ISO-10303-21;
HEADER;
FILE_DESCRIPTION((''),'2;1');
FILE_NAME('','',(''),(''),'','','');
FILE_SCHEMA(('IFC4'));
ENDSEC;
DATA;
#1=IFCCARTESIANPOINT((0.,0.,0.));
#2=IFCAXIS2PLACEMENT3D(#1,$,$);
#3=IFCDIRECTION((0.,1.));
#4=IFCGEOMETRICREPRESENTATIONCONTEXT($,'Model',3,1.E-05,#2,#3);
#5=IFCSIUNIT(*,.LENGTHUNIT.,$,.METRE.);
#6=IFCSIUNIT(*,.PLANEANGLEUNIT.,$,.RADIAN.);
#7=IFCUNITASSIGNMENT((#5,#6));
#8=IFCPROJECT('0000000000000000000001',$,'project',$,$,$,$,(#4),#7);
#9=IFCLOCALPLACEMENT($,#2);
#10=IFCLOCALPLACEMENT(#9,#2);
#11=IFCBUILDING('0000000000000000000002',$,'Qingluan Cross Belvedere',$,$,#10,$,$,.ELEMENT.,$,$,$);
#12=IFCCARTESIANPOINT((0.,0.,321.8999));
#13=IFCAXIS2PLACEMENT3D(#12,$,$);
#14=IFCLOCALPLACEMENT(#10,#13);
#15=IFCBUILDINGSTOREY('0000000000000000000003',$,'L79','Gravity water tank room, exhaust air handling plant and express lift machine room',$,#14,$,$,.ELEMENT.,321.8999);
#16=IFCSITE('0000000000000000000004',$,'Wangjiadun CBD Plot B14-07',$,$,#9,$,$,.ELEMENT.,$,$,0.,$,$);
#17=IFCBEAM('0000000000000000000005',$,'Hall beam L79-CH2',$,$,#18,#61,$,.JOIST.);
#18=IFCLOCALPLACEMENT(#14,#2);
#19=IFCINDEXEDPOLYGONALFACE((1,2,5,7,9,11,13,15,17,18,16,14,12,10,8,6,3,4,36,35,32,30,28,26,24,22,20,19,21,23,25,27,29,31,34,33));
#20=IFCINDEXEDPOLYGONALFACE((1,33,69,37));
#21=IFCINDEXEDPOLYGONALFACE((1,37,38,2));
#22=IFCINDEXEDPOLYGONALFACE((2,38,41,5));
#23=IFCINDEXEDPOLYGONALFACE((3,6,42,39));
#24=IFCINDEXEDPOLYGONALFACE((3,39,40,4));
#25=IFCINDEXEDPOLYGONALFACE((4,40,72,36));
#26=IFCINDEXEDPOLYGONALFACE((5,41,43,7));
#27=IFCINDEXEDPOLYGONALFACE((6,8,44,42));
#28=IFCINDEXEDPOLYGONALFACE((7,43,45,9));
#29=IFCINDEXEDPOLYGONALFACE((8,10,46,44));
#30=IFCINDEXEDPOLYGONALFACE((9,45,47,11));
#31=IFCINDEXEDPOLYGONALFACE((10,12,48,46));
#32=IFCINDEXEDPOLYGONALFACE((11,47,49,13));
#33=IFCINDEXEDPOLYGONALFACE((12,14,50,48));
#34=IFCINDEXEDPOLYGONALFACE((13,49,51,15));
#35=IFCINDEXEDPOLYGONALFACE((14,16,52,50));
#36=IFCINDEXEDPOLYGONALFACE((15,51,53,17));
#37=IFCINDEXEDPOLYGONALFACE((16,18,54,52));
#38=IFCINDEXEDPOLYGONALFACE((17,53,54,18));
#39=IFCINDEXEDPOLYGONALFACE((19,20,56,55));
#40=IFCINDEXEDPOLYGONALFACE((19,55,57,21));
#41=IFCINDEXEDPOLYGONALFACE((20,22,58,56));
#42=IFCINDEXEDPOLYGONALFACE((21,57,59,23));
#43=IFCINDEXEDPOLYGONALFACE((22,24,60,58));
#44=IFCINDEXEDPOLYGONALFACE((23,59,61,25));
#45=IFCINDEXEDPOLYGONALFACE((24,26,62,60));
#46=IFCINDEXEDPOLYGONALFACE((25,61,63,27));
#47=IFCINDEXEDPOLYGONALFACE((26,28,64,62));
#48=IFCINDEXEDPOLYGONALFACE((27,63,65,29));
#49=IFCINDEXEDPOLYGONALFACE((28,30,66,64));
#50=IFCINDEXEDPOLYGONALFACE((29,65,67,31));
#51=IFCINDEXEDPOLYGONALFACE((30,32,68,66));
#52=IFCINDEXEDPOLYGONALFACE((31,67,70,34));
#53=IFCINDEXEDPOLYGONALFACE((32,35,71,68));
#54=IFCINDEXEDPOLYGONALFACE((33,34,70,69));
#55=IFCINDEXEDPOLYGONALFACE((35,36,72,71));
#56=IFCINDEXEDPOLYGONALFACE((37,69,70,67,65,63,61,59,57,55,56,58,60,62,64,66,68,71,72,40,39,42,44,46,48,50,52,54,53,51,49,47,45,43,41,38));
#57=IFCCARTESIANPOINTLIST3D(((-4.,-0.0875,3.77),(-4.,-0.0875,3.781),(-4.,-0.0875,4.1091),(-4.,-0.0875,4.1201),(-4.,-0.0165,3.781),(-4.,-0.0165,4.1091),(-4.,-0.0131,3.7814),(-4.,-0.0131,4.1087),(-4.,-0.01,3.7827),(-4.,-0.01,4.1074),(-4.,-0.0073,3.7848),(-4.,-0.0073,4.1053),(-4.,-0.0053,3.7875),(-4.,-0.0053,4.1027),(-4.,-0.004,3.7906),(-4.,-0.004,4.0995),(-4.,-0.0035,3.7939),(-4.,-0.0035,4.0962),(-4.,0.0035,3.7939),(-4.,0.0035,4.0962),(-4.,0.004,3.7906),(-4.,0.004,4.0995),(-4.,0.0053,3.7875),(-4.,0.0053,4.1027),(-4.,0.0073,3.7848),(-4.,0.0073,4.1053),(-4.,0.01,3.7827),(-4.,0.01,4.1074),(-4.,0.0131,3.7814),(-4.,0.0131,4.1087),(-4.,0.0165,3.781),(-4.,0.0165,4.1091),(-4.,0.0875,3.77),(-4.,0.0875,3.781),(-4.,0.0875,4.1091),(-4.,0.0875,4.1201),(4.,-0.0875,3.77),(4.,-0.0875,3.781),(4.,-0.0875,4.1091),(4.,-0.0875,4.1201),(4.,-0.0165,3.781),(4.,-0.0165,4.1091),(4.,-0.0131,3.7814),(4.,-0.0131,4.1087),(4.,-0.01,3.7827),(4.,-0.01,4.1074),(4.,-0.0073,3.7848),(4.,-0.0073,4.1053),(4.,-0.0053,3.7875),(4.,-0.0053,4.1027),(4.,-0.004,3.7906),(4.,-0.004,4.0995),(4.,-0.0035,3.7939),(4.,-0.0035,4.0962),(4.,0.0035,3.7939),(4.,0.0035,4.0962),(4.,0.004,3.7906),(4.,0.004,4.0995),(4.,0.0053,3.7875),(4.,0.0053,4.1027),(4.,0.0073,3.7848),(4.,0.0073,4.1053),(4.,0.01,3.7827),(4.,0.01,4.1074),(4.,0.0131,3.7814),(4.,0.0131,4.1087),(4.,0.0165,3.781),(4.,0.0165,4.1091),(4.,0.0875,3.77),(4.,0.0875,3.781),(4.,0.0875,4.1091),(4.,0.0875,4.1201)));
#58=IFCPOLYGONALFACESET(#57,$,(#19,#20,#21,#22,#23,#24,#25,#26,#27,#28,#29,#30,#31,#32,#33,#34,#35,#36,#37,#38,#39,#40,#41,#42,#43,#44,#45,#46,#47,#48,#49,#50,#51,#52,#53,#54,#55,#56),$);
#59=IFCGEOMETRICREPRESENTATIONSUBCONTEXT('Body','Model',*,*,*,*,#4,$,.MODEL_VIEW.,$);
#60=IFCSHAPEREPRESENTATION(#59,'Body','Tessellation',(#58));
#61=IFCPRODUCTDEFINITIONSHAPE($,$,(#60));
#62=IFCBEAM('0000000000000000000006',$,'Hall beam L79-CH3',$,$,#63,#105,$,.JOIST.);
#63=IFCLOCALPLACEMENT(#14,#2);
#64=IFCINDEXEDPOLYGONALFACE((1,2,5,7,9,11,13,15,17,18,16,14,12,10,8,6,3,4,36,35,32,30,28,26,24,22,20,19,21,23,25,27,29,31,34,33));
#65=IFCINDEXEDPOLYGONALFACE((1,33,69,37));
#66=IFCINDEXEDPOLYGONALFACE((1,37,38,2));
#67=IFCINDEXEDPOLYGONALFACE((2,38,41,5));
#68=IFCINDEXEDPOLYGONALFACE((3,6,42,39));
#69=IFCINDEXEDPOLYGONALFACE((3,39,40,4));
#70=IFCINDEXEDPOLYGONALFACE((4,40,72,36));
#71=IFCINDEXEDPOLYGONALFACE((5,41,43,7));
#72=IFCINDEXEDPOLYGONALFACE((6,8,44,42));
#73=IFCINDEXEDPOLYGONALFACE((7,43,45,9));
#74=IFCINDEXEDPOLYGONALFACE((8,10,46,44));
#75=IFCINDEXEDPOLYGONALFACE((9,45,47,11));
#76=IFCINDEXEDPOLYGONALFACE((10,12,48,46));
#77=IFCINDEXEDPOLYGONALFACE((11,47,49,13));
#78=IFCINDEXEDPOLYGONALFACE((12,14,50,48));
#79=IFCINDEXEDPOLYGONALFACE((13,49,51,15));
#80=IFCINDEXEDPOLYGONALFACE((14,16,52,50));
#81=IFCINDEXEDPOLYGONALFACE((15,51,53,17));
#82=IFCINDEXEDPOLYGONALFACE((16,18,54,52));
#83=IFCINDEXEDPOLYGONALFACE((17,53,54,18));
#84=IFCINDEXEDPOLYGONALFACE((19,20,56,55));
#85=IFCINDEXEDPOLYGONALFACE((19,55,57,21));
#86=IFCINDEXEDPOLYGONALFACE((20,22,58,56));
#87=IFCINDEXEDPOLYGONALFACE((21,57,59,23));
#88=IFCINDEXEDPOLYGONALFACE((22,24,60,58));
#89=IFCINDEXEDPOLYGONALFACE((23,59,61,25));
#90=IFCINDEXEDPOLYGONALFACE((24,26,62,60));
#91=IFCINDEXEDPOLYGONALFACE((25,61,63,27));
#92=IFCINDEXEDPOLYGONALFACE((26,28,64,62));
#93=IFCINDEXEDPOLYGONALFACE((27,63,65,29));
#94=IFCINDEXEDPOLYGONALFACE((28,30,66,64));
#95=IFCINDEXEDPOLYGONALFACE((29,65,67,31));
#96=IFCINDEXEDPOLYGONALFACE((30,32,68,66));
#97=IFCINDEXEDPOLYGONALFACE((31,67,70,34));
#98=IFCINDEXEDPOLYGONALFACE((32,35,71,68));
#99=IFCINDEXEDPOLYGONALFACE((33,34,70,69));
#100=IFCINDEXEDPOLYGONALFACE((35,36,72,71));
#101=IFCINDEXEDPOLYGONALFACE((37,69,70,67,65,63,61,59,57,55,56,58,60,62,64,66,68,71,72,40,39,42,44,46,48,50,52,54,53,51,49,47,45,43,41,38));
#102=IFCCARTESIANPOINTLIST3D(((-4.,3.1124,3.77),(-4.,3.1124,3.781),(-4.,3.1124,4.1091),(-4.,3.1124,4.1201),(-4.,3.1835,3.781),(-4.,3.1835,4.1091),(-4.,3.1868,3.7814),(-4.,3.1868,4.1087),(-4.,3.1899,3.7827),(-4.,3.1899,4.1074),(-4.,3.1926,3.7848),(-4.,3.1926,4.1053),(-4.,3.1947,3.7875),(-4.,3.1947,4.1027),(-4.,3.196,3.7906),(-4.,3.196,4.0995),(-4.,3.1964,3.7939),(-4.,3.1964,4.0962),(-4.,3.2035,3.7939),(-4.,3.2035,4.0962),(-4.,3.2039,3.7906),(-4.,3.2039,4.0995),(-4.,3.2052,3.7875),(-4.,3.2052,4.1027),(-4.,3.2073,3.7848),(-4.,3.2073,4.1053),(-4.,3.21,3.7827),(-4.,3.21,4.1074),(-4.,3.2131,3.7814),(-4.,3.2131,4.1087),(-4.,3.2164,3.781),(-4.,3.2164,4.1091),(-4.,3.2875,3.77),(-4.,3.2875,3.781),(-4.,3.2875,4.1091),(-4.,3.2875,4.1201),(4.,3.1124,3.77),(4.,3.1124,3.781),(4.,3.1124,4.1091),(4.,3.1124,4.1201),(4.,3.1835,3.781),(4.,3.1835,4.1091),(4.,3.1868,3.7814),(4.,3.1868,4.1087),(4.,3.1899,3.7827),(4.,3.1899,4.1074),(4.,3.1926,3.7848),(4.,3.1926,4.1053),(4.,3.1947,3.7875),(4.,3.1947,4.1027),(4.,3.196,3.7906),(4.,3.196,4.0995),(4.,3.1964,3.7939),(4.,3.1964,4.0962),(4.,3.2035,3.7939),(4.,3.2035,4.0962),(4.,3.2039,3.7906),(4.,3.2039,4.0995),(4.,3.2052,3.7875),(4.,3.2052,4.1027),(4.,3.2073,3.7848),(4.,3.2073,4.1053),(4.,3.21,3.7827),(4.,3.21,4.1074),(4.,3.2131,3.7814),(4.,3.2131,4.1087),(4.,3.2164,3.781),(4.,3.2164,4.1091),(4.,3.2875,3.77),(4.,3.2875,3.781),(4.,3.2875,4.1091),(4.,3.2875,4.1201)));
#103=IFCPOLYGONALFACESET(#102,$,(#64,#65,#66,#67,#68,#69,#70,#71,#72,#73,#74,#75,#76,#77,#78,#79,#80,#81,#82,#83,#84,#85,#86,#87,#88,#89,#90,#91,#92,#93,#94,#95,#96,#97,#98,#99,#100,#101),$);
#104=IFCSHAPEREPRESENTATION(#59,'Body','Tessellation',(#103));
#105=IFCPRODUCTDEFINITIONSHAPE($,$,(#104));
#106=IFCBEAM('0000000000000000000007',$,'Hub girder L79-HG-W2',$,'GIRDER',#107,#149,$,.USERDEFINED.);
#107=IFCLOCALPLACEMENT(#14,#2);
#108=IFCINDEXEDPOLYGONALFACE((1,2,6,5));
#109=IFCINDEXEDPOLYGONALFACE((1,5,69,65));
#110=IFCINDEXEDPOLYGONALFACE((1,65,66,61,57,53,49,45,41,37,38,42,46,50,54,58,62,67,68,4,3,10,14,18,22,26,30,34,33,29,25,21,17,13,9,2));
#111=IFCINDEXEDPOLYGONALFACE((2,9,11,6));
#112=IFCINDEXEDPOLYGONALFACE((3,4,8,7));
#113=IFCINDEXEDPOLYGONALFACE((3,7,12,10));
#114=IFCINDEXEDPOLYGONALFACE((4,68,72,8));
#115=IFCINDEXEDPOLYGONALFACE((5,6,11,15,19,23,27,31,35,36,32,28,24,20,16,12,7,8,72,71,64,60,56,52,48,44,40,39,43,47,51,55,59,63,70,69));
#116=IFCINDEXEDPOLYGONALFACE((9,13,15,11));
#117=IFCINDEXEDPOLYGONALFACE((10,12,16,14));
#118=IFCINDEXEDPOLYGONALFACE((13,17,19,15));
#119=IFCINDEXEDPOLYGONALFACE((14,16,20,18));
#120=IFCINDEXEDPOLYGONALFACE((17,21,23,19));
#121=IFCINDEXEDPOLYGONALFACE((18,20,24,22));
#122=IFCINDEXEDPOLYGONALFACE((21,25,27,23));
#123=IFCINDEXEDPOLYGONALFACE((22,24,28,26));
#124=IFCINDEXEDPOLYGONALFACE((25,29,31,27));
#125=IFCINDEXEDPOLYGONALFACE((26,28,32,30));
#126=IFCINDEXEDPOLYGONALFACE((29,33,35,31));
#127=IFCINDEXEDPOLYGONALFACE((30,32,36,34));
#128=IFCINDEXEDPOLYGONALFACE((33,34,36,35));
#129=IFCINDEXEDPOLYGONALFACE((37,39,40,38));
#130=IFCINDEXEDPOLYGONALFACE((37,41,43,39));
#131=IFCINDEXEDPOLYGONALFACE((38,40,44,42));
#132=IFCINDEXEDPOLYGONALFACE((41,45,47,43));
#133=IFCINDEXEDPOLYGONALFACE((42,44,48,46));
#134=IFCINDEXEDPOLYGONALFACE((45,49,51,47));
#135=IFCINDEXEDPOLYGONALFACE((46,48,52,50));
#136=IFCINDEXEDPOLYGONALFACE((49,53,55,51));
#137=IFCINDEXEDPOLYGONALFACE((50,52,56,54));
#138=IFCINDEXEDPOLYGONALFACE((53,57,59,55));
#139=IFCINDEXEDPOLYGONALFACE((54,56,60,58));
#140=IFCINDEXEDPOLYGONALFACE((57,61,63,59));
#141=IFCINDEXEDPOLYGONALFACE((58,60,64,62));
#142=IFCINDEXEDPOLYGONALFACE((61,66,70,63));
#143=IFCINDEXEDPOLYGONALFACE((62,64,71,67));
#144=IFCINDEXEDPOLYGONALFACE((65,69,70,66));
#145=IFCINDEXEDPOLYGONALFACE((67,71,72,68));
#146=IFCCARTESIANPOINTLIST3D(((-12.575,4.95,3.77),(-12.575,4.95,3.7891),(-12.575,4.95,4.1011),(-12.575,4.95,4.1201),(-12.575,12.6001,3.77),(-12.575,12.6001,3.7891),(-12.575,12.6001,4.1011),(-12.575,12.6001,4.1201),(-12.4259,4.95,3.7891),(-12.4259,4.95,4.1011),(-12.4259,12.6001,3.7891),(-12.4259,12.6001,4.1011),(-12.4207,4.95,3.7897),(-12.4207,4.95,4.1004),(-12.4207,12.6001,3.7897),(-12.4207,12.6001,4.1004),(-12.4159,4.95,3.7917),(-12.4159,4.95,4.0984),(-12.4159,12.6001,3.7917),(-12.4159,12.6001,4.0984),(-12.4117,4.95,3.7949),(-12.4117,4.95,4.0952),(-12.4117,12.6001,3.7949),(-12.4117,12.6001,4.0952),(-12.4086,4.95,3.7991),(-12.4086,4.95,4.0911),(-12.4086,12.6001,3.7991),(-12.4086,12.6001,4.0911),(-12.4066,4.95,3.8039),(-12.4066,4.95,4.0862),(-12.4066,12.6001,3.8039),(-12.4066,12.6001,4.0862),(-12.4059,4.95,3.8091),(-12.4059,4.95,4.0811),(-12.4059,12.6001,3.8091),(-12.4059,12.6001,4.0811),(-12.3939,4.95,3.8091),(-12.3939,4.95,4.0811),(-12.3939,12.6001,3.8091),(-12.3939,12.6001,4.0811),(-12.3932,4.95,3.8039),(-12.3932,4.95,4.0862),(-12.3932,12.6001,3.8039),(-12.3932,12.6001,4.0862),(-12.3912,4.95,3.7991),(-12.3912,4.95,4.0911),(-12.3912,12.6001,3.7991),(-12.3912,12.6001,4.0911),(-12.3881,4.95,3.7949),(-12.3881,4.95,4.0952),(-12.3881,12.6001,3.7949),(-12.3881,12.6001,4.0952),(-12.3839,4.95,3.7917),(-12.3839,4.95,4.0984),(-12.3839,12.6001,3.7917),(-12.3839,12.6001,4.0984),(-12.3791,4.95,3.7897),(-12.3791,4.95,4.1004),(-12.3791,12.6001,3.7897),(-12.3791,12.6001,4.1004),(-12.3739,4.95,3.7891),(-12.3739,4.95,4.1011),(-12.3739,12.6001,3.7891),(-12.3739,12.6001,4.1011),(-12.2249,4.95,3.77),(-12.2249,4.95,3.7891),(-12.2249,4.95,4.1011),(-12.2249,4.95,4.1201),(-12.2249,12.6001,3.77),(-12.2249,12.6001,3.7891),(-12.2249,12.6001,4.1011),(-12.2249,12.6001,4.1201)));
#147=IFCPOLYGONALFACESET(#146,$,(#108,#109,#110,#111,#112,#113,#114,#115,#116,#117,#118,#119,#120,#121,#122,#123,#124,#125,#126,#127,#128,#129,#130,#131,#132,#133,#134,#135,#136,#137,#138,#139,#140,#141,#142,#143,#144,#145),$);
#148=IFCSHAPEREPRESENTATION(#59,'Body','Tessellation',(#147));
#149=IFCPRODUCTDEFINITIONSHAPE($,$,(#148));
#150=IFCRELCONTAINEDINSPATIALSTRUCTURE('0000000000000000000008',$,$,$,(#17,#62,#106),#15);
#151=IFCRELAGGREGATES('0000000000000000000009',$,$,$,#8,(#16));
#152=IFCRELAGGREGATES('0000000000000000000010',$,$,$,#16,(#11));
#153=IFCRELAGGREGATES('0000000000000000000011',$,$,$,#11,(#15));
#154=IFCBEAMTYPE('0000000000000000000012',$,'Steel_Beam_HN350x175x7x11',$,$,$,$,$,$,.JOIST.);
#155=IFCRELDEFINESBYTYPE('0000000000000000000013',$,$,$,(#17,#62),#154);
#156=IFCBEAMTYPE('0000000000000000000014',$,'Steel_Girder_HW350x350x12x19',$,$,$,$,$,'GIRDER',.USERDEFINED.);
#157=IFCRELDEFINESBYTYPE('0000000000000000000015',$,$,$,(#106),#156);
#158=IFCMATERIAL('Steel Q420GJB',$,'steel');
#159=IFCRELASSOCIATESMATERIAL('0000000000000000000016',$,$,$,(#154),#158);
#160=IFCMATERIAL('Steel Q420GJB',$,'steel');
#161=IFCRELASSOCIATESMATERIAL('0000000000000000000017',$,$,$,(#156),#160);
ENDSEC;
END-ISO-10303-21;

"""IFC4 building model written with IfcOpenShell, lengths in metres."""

from ifc_helpers import new_model, si_unit, direction, frame, origin, origin_2d, place, context, subcontext, project, spatial, i_section, extrude, material, material_profile, profile_set, type_object, element, save


model = new_model("IFC4")

# Units and contexts
model_context = context("Model", 3, precision=1e-05, world=origin(), true_north=direction((0.0, 1.0)))
body_context = subcontext(model_context, "Body", "Model", "MODEL_VIEW")
ifc_project = project(units=[si_unit("LENGTHUNIT", "METRE"), si_unit("PLANEANGLEUNIT", "RADIAN")], contexts=[model_context])

# Site, building, storey
site_placement = place(None, origin())
site = spatial("IfcSite", under=ifc_project, at=site_placement, Name="Wangjiadun CBD Plot B14-07", CompositionType="ELEMENT", RefElevation=0.0)
building_placement = place(site_placement, origin())
building = spatial("IfcBuilding", under=site, at=building_placement, Name="Qingluan Cross Belvedere", CompositionType="ELEMENT")
storey_placement = place(building_placement, frame((0.0, 0.0, 321.8999)))
storey = spatial("IfcBuildingStorey", under=building, at=storey_placement, Name="L79", Description="Gravity water tank room, exhaust air handling plant and express lift machine room", CompositionType="ELEMENT", Elevation=321.8999)

# Beams
ifc_material_1 = material(Name="Steel Q420GJB", Category="steel")
ifc_material_profile_1 = material_profile(ifc_material_1, i_section(OverallWidth=0.175, OverallDepth=0.3501, WebThickness=0.0071, FlangeThickness=0.011, FilletRadius=0.0129, at=origin_2d()), Name="HN350x175x7x11")
ifc_profile_set_1 = profile_set([ifc_material_profile_1], Name="Steel Q420GJB")
beam_type_1 = type_object("IfcBeamType", Name="Steel_Beam_HN350x175x7x11", PredefinedType="JOIST", material=ifc_profile_set_1)
for number, where, z_axis, x_axis, name in (
    (1, (-4.0, 0.0, 3.9451), (1.0, 0.0, 0.0), (0.0, 1.0, 0.0), "Hall beam L79-CH2"),
    (2, (-4.0, 3.2, 3.9451), (1.0, 0.0, 0.0), (0.0, 1.0, 0.0), "Hall beam L79-CH3"),
):
    element("IfcBeam", number, at=place(storey_placement, frame(where, z_axis=z_axis, x_axis=x_axis)), inside=storey, type_object=beam_type_1, Name=name, PredefinedType="JOIST", context=body_context, shape_type="SweptSolid", body=[
        extrude(i_section(OverallWidth=0.175, OverallDepth=0.3501, WebThickness=0.0071, FlangeThickness=0.011, FilletRadius=0.0129, at=origin_2d()), origin(), (0.0, 0.0, 1.0), 8.0),
    ])
ifc_material_2 = material(Name="Steel Q420GJB", Category="steel")
ifc_material_profile_2 = material_profile(ifc_material_2, i_section(OverallWidth=0.3501, OverallDepth=0.3501, WebThickness=0.012, FlangeThickness=0.019, FilletRadius=0.02, at=origin_2d()), Name="HW350x350x12x19")
ifc_profile_set_2 = profile_set([ifc_material_profile_2], Name="Steel Q420GJB")
beam_type_2 = type_object("IfcBeamType", Name="Steel_Girder_HW350x350x12x19", ElementType="GIRDER", PredefinedType="USERDEFINED", material=ifc_profile_set_2)
beam_placement = place(storey_placement, frame((-12.3999, 4.95, 3.9451), z_axis=(0.0, 1.0, 0.0), x_axis=(-1.0, 0.0, 0.0)))
element("IfcBeam", 3, at=beam_placement, inside=storey, type_object=beam_type_2, Name="Hub girder L79-HG-W2", ObjectType="GIRDER", PredefinedType="USERDEFINED", context=body_context, shape_type="SweptSolid", body=[
    extrude(i_section(OverallWidth=0.3501, OverallDepth=0.3501, WebThickness=0.012, FlangeThickness=0.019, FilletRadius=0.02, at=origin_2d()), origin(), (0.0, 0.0, 1.0), 7.6501),
])

save(model, "model.ifc")
